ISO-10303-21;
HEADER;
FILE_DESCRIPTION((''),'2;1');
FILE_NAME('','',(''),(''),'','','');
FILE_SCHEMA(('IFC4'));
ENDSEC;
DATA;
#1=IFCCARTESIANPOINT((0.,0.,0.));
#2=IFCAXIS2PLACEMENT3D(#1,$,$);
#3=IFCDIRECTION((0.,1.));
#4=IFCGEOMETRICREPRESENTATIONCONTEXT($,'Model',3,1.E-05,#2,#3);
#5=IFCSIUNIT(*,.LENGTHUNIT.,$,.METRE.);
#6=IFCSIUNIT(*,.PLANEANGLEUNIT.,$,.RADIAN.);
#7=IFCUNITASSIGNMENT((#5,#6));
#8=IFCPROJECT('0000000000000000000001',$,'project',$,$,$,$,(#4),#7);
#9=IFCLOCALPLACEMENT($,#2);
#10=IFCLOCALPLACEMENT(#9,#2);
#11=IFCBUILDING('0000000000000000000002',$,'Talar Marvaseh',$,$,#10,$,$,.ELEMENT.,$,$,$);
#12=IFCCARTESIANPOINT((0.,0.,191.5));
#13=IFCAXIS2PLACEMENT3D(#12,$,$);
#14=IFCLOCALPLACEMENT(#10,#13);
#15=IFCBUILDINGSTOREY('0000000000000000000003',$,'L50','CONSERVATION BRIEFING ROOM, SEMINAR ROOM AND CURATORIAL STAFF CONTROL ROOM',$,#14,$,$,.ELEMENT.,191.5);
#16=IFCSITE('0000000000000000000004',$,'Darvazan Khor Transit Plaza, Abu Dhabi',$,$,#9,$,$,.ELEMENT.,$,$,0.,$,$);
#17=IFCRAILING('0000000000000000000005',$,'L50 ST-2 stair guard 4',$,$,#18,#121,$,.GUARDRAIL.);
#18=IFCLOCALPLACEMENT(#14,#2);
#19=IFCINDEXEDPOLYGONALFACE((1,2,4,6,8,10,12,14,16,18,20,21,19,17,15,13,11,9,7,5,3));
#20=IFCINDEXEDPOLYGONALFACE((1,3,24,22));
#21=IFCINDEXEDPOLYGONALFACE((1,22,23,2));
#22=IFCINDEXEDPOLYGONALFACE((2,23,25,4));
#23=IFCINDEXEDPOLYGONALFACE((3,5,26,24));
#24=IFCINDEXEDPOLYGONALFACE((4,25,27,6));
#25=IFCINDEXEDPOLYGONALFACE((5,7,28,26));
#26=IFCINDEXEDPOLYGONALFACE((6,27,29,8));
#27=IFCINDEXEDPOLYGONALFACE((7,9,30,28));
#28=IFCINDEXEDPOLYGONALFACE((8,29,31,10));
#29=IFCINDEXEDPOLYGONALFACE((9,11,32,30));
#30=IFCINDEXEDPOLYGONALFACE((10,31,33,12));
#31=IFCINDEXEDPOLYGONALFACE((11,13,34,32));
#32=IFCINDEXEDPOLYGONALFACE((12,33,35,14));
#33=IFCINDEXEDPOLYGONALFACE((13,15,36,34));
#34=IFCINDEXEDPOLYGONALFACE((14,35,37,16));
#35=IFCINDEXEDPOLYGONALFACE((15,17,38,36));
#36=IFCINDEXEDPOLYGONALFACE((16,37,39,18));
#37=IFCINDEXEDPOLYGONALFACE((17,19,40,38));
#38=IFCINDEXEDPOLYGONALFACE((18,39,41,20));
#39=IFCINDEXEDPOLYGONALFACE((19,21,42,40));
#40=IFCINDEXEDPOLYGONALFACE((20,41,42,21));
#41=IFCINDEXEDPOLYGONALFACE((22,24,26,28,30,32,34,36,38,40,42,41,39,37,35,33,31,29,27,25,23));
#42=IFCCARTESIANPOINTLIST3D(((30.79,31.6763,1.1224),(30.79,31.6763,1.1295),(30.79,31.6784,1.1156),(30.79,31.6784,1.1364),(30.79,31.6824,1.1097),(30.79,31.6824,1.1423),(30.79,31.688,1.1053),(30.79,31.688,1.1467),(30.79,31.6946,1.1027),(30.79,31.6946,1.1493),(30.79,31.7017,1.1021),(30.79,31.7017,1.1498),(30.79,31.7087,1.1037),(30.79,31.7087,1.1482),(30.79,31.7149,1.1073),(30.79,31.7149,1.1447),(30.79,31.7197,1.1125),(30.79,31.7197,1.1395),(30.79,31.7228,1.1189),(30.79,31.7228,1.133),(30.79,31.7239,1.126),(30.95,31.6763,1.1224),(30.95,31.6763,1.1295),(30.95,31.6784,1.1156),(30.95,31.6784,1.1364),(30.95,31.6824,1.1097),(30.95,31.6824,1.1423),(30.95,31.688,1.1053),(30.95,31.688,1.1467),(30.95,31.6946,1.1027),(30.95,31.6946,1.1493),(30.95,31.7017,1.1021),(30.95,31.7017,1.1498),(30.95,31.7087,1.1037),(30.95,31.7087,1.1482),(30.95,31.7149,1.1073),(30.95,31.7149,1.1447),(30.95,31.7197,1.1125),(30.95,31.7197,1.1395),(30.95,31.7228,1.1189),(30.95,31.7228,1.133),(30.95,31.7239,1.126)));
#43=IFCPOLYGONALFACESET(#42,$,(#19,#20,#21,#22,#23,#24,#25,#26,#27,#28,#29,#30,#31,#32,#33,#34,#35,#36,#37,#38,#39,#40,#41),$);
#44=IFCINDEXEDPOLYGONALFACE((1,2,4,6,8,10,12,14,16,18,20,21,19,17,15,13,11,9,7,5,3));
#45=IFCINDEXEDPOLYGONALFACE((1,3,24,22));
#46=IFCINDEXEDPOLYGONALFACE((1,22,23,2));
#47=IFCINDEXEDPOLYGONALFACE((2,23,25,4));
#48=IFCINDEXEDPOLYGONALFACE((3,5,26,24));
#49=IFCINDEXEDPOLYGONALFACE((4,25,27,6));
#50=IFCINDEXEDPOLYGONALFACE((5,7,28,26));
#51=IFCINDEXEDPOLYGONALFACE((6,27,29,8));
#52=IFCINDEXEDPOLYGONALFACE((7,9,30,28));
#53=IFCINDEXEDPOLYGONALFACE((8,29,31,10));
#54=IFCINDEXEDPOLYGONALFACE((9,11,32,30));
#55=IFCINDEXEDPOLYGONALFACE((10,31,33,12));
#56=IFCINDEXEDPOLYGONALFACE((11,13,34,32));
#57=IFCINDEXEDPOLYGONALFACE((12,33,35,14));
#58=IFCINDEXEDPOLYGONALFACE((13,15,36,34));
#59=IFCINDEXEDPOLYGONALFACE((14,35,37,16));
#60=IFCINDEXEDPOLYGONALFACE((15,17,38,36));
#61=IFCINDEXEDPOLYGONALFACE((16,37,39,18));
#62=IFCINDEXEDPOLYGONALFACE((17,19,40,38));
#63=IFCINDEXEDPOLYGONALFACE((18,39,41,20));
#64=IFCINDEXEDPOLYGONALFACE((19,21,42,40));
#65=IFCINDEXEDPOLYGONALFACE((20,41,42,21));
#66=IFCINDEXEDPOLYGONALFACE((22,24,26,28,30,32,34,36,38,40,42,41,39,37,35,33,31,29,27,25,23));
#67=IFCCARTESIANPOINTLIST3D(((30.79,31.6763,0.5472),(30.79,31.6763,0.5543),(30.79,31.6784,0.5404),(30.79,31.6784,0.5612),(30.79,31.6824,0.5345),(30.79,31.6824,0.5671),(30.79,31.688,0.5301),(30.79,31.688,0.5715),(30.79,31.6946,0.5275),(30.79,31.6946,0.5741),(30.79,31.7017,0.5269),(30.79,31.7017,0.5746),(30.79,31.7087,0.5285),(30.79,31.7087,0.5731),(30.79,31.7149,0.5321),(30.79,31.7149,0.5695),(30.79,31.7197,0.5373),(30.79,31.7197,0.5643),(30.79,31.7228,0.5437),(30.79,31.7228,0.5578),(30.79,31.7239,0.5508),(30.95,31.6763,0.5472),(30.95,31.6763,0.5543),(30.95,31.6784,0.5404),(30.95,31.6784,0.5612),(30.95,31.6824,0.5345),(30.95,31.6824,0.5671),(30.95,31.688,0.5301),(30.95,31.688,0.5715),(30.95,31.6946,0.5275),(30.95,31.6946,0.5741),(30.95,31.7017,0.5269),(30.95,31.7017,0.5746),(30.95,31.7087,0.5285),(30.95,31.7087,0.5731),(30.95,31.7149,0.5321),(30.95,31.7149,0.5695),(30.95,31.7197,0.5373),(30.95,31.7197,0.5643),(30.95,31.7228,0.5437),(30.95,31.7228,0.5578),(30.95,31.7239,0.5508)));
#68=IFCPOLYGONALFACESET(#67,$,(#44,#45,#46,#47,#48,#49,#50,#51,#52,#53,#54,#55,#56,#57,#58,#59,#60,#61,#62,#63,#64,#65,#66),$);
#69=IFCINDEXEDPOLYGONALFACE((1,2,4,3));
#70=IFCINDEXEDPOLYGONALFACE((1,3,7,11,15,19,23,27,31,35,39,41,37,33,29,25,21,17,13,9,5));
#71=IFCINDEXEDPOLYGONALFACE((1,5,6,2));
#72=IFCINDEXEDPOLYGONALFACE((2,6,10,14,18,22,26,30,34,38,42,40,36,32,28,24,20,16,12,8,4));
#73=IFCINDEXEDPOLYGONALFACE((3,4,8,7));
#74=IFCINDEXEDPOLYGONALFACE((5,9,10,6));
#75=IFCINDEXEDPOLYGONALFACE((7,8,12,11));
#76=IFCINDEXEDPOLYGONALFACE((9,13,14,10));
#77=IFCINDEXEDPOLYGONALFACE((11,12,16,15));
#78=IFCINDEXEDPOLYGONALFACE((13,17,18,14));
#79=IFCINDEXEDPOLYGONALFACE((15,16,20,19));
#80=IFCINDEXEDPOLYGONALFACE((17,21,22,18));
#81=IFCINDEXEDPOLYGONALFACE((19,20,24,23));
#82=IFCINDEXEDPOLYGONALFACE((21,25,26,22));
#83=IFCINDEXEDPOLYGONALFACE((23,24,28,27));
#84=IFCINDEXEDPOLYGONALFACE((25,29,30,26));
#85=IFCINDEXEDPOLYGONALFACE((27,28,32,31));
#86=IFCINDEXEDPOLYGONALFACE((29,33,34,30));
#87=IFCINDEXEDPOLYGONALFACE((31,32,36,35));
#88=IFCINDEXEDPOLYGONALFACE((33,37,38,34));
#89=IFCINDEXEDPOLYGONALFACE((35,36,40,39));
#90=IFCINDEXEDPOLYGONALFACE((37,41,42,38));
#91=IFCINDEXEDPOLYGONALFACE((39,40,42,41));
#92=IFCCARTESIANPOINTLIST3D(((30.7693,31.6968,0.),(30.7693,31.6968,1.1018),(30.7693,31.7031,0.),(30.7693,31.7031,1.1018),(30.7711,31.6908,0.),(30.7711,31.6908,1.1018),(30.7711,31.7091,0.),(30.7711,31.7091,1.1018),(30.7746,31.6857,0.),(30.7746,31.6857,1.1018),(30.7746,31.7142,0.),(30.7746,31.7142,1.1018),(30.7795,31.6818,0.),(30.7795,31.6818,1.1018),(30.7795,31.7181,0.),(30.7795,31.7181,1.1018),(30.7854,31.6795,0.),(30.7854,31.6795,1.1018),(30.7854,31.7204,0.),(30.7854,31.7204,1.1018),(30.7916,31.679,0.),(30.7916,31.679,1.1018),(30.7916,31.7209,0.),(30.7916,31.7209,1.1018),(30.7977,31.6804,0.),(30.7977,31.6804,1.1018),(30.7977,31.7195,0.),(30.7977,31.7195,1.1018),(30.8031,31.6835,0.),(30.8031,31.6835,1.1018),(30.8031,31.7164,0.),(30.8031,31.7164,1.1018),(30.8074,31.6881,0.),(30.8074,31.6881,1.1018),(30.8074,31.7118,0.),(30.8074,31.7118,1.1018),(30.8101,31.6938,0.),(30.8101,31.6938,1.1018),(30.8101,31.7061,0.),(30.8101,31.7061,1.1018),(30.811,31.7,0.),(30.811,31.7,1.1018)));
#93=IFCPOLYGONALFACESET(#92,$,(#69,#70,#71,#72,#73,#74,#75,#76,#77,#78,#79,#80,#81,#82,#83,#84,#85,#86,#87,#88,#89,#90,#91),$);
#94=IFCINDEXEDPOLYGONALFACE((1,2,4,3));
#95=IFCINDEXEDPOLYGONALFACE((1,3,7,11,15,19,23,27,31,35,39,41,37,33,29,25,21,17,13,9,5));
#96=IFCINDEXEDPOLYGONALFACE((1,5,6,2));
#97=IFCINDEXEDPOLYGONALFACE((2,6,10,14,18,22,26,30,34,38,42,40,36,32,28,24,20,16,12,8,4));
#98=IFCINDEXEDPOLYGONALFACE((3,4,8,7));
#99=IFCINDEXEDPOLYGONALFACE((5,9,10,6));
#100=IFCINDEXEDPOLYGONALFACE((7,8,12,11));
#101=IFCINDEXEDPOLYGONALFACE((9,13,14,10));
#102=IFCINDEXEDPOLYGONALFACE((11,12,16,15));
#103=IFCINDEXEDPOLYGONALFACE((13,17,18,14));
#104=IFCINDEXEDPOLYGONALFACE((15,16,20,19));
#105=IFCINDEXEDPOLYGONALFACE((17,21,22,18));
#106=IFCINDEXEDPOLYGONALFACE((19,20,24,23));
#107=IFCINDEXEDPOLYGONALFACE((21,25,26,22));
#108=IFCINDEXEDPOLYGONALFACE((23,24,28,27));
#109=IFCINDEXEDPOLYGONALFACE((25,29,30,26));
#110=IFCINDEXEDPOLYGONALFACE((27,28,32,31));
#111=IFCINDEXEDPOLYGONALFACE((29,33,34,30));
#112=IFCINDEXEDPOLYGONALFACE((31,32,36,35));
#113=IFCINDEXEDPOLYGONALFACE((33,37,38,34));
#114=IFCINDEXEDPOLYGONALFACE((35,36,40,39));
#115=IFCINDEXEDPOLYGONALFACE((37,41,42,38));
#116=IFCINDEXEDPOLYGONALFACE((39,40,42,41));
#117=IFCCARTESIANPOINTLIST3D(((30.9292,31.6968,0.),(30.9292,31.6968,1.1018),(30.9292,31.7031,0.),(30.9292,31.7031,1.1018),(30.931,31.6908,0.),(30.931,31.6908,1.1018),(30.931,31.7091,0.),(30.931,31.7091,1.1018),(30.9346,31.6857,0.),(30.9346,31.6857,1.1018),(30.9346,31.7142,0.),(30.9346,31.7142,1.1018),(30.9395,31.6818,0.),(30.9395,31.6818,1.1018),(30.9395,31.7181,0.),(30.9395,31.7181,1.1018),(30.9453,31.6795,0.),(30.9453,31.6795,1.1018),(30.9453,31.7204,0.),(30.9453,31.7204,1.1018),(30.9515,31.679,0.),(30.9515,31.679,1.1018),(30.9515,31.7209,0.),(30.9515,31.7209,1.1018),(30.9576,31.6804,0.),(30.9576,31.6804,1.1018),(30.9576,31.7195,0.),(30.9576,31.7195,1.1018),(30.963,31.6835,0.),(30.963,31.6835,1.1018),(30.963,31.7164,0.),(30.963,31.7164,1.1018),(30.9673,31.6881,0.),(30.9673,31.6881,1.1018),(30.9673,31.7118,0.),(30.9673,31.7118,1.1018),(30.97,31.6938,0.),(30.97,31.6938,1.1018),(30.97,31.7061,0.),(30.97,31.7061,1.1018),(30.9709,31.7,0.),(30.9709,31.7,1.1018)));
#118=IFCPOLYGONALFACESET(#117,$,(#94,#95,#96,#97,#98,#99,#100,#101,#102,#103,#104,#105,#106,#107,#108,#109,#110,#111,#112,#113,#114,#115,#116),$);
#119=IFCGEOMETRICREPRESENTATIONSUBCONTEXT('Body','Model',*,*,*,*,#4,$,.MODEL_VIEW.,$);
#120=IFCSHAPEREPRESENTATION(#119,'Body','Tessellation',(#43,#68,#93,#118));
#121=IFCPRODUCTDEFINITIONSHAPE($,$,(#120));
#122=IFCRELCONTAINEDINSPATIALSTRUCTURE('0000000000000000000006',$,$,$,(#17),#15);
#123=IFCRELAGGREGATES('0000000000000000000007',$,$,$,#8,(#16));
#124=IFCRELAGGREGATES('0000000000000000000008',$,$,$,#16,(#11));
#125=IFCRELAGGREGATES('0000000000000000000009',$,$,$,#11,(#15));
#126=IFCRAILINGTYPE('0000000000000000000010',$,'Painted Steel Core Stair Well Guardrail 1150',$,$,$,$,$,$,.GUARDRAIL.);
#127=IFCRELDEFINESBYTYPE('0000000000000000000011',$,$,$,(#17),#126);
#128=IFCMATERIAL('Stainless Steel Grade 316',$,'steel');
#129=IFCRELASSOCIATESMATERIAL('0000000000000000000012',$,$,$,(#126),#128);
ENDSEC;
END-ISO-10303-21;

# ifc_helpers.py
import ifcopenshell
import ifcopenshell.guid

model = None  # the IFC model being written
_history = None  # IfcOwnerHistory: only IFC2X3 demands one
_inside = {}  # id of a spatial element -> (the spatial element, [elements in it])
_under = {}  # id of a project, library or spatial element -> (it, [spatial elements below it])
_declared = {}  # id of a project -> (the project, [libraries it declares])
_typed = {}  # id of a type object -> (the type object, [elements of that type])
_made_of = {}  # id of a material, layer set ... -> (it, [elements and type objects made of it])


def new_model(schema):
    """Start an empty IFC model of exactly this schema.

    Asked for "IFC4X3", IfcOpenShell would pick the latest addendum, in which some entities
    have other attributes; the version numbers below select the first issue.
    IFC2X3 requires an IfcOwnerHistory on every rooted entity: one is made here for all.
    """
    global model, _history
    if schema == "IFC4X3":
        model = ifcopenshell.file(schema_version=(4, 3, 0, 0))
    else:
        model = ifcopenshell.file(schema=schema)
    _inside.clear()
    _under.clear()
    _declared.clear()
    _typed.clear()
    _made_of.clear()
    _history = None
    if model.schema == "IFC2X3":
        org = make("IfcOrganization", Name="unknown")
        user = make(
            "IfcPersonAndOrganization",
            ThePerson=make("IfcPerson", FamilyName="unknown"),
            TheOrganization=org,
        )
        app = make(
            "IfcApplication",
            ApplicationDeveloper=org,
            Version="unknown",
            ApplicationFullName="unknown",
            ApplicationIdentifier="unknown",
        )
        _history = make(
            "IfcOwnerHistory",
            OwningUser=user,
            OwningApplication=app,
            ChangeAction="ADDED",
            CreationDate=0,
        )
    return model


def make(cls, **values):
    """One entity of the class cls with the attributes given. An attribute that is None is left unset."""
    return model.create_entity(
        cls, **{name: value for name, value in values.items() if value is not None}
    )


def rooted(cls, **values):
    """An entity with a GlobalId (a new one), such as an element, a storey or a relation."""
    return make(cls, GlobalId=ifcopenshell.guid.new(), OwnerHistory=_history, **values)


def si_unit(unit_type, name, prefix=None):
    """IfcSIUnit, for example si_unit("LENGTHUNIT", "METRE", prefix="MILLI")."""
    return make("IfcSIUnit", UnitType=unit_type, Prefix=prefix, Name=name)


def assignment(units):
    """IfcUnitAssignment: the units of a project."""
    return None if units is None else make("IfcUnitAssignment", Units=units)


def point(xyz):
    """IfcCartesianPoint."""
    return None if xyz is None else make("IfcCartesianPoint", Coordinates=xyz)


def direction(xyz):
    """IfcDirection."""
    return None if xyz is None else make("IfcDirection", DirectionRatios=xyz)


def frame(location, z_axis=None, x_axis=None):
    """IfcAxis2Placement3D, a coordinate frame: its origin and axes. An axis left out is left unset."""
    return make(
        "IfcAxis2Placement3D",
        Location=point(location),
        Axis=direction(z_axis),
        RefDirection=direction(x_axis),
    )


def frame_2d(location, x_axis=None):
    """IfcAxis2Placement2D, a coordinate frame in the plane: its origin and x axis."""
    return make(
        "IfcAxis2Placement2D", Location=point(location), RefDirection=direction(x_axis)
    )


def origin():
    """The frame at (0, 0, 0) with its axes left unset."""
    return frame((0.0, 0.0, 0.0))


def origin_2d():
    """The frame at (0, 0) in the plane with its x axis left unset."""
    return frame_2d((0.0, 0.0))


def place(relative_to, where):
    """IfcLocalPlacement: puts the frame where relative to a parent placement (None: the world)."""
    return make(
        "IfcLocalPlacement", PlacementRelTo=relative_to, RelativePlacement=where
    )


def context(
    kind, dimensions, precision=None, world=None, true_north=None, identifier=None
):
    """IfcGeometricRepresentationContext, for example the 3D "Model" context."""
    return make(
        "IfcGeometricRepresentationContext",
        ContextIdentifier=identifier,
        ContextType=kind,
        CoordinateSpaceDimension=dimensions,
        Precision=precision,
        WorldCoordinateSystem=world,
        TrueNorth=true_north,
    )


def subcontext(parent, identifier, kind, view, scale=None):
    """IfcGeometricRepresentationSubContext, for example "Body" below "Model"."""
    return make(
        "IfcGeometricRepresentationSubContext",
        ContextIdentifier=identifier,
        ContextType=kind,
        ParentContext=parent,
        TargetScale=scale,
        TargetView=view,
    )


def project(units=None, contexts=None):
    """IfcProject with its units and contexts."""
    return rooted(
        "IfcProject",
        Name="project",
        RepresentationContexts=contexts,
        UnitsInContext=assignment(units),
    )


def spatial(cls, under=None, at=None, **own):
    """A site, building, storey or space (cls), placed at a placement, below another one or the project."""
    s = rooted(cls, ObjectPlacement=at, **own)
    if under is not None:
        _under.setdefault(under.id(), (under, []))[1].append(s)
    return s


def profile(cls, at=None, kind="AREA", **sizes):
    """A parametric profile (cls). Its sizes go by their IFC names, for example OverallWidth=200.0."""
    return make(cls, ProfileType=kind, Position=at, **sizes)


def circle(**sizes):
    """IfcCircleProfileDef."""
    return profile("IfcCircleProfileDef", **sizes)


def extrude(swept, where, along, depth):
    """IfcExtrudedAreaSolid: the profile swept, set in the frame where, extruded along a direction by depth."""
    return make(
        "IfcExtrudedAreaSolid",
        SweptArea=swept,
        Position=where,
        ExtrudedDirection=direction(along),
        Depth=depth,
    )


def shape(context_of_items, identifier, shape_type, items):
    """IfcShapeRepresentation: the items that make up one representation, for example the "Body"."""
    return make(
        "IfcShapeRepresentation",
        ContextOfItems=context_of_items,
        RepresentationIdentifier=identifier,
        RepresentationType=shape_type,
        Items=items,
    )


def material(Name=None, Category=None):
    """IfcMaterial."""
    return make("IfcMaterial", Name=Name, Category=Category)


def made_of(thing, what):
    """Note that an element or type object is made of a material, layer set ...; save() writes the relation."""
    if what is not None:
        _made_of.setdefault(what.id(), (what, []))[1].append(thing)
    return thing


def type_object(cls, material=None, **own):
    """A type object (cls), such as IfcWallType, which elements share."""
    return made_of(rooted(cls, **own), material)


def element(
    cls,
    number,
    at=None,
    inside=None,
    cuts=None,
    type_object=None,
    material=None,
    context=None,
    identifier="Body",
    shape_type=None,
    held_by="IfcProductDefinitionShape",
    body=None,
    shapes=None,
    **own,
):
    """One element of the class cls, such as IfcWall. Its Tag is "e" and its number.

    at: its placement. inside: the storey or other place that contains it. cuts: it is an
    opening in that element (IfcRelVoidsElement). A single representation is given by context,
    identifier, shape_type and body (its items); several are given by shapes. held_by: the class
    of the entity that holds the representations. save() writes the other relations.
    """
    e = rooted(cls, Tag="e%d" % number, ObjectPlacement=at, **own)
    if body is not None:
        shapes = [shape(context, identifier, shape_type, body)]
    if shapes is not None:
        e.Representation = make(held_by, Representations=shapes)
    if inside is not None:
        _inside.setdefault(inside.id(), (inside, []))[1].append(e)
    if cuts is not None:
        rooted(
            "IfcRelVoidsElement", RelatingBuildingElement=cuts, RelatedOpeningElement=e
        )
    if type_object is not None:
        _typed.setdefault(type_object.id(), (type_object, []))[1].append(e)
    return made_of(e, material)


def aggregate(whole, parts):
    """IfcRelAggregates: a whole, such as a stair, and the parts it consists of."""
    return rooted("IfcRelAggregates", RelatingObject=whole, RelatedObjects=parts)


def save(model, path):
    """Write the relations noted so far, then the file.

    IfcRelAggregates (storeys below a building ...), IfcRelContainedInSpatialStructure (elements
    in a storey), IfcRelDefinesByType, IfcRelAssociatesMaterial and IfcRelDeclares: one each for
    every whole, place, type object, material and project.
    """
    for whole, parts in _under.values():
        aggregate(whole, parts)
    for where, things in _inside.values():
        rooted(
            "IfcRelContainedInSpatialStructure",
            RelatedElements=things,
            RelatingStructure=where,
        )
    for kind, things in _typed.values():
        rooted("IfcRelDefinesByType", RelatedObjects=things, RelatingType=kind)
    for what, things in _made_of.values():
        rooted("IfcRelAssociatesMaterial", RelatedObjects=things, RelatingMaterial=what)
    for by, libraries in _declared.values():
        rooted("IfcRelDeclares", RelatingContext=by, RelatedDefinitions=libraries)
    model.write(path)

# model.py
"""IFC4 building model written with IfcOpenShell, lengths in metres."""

from ifc_helpers import new_model, si_unit, direction, frame, origin, origin_2d, place, context, subcontext, project, spatial, circle, extrude, material, type_object, element, save


model = new_model("IFC4")

# Units and contexts
model_context = context("Model", 3, precision=1e-05, world=origin(), true_north=direction((0.0, 1.0)))
body_context = subcontext(model_context, "Body", "Model", "MODEL_VIEW")
ifc_project = project(units=[si_unit("LENGTHUNIT", "METRE"), si_unit("PLANEANGLEUNIT", "RADIAN")], contexts=[model_context])

# Site, building, storey
site_placement = place(None, origin())
site = spatial("IfcSite", under=ifc_project, at=site_placement, Name="Darvazan Khor Transit Plaza, Abu Dhabi", CompositionType="ELEMENT", RefElevation=0.0)
building_placement = place(site_placement, origin())
building = spatial("IfcBuilding", under=site, at=building_placement, Name="Talar Marvaseh", CompositionType="ELEMENT")
storey_placement = place(building_placement, frame((0.0, 0.0, 191.5)))
storey = spatial("IfcBuildingStorey", under=building, at=storey_placement, Name="L50", Description="CONSERVATION BRIEFING ROOM, SEMINAR ROOM AND CURATORIAL STAFF CONTROL ROOM", CompositionType="ELEMENT", Elevation=191.5)

# Shared definitions
ifc_material_1 = material(Name="Stainless Steel Grade 316", Category="steel")

# Railing
railing_type_1 = type_object("IfcRailingType", Name="Painted Steel Core Stair Well Guardrail 1150", PredefinedType="GUARDRAIL", material=ifc_material_1)
railing_1_placement = place(storey_placement, frame((30.79, 31.7, 0.0)))
element("IfcRailing", 1, at=railing_1_placement, inside=storey, type_object=railing_type_1, Name="L50 ST-2 stair guard 4", PredefinedType="GUARDRAIL", context=body_context, shape_type="SweptSolid", body=[
    extrude(circle(Radius=0.0239, at=origin_2d()), frame((0.0, 0.0, 1.126), z_axis=(1.0, 0.0, 0.0), x_axis=(0.0, 1.0, 0.0)), (0.0, 0.0, 1.0), 0.1599),
    extrude(circle(Radius=0.0239, at=origin_2d()), frame((0.0, 0.0, 0.5508), z_axis=(1.0, 0.0, 0.0), x_axis=(0.0, 1.0, 0.0)), (0.0, 0.0, 1.0), 0.1599),
    extrude(circle(Radius=0.021, at=origin_2d()), origin(), (0.0, 0.0, 1.0), 1.1018),
    extrude(circle(Radius=0.021, at=origin_2d()), frame((0.1599, 0.0, 0.0)), (0.0, 0.0, 1.0), 1.1018),
])

save(model, "model.ifc")
